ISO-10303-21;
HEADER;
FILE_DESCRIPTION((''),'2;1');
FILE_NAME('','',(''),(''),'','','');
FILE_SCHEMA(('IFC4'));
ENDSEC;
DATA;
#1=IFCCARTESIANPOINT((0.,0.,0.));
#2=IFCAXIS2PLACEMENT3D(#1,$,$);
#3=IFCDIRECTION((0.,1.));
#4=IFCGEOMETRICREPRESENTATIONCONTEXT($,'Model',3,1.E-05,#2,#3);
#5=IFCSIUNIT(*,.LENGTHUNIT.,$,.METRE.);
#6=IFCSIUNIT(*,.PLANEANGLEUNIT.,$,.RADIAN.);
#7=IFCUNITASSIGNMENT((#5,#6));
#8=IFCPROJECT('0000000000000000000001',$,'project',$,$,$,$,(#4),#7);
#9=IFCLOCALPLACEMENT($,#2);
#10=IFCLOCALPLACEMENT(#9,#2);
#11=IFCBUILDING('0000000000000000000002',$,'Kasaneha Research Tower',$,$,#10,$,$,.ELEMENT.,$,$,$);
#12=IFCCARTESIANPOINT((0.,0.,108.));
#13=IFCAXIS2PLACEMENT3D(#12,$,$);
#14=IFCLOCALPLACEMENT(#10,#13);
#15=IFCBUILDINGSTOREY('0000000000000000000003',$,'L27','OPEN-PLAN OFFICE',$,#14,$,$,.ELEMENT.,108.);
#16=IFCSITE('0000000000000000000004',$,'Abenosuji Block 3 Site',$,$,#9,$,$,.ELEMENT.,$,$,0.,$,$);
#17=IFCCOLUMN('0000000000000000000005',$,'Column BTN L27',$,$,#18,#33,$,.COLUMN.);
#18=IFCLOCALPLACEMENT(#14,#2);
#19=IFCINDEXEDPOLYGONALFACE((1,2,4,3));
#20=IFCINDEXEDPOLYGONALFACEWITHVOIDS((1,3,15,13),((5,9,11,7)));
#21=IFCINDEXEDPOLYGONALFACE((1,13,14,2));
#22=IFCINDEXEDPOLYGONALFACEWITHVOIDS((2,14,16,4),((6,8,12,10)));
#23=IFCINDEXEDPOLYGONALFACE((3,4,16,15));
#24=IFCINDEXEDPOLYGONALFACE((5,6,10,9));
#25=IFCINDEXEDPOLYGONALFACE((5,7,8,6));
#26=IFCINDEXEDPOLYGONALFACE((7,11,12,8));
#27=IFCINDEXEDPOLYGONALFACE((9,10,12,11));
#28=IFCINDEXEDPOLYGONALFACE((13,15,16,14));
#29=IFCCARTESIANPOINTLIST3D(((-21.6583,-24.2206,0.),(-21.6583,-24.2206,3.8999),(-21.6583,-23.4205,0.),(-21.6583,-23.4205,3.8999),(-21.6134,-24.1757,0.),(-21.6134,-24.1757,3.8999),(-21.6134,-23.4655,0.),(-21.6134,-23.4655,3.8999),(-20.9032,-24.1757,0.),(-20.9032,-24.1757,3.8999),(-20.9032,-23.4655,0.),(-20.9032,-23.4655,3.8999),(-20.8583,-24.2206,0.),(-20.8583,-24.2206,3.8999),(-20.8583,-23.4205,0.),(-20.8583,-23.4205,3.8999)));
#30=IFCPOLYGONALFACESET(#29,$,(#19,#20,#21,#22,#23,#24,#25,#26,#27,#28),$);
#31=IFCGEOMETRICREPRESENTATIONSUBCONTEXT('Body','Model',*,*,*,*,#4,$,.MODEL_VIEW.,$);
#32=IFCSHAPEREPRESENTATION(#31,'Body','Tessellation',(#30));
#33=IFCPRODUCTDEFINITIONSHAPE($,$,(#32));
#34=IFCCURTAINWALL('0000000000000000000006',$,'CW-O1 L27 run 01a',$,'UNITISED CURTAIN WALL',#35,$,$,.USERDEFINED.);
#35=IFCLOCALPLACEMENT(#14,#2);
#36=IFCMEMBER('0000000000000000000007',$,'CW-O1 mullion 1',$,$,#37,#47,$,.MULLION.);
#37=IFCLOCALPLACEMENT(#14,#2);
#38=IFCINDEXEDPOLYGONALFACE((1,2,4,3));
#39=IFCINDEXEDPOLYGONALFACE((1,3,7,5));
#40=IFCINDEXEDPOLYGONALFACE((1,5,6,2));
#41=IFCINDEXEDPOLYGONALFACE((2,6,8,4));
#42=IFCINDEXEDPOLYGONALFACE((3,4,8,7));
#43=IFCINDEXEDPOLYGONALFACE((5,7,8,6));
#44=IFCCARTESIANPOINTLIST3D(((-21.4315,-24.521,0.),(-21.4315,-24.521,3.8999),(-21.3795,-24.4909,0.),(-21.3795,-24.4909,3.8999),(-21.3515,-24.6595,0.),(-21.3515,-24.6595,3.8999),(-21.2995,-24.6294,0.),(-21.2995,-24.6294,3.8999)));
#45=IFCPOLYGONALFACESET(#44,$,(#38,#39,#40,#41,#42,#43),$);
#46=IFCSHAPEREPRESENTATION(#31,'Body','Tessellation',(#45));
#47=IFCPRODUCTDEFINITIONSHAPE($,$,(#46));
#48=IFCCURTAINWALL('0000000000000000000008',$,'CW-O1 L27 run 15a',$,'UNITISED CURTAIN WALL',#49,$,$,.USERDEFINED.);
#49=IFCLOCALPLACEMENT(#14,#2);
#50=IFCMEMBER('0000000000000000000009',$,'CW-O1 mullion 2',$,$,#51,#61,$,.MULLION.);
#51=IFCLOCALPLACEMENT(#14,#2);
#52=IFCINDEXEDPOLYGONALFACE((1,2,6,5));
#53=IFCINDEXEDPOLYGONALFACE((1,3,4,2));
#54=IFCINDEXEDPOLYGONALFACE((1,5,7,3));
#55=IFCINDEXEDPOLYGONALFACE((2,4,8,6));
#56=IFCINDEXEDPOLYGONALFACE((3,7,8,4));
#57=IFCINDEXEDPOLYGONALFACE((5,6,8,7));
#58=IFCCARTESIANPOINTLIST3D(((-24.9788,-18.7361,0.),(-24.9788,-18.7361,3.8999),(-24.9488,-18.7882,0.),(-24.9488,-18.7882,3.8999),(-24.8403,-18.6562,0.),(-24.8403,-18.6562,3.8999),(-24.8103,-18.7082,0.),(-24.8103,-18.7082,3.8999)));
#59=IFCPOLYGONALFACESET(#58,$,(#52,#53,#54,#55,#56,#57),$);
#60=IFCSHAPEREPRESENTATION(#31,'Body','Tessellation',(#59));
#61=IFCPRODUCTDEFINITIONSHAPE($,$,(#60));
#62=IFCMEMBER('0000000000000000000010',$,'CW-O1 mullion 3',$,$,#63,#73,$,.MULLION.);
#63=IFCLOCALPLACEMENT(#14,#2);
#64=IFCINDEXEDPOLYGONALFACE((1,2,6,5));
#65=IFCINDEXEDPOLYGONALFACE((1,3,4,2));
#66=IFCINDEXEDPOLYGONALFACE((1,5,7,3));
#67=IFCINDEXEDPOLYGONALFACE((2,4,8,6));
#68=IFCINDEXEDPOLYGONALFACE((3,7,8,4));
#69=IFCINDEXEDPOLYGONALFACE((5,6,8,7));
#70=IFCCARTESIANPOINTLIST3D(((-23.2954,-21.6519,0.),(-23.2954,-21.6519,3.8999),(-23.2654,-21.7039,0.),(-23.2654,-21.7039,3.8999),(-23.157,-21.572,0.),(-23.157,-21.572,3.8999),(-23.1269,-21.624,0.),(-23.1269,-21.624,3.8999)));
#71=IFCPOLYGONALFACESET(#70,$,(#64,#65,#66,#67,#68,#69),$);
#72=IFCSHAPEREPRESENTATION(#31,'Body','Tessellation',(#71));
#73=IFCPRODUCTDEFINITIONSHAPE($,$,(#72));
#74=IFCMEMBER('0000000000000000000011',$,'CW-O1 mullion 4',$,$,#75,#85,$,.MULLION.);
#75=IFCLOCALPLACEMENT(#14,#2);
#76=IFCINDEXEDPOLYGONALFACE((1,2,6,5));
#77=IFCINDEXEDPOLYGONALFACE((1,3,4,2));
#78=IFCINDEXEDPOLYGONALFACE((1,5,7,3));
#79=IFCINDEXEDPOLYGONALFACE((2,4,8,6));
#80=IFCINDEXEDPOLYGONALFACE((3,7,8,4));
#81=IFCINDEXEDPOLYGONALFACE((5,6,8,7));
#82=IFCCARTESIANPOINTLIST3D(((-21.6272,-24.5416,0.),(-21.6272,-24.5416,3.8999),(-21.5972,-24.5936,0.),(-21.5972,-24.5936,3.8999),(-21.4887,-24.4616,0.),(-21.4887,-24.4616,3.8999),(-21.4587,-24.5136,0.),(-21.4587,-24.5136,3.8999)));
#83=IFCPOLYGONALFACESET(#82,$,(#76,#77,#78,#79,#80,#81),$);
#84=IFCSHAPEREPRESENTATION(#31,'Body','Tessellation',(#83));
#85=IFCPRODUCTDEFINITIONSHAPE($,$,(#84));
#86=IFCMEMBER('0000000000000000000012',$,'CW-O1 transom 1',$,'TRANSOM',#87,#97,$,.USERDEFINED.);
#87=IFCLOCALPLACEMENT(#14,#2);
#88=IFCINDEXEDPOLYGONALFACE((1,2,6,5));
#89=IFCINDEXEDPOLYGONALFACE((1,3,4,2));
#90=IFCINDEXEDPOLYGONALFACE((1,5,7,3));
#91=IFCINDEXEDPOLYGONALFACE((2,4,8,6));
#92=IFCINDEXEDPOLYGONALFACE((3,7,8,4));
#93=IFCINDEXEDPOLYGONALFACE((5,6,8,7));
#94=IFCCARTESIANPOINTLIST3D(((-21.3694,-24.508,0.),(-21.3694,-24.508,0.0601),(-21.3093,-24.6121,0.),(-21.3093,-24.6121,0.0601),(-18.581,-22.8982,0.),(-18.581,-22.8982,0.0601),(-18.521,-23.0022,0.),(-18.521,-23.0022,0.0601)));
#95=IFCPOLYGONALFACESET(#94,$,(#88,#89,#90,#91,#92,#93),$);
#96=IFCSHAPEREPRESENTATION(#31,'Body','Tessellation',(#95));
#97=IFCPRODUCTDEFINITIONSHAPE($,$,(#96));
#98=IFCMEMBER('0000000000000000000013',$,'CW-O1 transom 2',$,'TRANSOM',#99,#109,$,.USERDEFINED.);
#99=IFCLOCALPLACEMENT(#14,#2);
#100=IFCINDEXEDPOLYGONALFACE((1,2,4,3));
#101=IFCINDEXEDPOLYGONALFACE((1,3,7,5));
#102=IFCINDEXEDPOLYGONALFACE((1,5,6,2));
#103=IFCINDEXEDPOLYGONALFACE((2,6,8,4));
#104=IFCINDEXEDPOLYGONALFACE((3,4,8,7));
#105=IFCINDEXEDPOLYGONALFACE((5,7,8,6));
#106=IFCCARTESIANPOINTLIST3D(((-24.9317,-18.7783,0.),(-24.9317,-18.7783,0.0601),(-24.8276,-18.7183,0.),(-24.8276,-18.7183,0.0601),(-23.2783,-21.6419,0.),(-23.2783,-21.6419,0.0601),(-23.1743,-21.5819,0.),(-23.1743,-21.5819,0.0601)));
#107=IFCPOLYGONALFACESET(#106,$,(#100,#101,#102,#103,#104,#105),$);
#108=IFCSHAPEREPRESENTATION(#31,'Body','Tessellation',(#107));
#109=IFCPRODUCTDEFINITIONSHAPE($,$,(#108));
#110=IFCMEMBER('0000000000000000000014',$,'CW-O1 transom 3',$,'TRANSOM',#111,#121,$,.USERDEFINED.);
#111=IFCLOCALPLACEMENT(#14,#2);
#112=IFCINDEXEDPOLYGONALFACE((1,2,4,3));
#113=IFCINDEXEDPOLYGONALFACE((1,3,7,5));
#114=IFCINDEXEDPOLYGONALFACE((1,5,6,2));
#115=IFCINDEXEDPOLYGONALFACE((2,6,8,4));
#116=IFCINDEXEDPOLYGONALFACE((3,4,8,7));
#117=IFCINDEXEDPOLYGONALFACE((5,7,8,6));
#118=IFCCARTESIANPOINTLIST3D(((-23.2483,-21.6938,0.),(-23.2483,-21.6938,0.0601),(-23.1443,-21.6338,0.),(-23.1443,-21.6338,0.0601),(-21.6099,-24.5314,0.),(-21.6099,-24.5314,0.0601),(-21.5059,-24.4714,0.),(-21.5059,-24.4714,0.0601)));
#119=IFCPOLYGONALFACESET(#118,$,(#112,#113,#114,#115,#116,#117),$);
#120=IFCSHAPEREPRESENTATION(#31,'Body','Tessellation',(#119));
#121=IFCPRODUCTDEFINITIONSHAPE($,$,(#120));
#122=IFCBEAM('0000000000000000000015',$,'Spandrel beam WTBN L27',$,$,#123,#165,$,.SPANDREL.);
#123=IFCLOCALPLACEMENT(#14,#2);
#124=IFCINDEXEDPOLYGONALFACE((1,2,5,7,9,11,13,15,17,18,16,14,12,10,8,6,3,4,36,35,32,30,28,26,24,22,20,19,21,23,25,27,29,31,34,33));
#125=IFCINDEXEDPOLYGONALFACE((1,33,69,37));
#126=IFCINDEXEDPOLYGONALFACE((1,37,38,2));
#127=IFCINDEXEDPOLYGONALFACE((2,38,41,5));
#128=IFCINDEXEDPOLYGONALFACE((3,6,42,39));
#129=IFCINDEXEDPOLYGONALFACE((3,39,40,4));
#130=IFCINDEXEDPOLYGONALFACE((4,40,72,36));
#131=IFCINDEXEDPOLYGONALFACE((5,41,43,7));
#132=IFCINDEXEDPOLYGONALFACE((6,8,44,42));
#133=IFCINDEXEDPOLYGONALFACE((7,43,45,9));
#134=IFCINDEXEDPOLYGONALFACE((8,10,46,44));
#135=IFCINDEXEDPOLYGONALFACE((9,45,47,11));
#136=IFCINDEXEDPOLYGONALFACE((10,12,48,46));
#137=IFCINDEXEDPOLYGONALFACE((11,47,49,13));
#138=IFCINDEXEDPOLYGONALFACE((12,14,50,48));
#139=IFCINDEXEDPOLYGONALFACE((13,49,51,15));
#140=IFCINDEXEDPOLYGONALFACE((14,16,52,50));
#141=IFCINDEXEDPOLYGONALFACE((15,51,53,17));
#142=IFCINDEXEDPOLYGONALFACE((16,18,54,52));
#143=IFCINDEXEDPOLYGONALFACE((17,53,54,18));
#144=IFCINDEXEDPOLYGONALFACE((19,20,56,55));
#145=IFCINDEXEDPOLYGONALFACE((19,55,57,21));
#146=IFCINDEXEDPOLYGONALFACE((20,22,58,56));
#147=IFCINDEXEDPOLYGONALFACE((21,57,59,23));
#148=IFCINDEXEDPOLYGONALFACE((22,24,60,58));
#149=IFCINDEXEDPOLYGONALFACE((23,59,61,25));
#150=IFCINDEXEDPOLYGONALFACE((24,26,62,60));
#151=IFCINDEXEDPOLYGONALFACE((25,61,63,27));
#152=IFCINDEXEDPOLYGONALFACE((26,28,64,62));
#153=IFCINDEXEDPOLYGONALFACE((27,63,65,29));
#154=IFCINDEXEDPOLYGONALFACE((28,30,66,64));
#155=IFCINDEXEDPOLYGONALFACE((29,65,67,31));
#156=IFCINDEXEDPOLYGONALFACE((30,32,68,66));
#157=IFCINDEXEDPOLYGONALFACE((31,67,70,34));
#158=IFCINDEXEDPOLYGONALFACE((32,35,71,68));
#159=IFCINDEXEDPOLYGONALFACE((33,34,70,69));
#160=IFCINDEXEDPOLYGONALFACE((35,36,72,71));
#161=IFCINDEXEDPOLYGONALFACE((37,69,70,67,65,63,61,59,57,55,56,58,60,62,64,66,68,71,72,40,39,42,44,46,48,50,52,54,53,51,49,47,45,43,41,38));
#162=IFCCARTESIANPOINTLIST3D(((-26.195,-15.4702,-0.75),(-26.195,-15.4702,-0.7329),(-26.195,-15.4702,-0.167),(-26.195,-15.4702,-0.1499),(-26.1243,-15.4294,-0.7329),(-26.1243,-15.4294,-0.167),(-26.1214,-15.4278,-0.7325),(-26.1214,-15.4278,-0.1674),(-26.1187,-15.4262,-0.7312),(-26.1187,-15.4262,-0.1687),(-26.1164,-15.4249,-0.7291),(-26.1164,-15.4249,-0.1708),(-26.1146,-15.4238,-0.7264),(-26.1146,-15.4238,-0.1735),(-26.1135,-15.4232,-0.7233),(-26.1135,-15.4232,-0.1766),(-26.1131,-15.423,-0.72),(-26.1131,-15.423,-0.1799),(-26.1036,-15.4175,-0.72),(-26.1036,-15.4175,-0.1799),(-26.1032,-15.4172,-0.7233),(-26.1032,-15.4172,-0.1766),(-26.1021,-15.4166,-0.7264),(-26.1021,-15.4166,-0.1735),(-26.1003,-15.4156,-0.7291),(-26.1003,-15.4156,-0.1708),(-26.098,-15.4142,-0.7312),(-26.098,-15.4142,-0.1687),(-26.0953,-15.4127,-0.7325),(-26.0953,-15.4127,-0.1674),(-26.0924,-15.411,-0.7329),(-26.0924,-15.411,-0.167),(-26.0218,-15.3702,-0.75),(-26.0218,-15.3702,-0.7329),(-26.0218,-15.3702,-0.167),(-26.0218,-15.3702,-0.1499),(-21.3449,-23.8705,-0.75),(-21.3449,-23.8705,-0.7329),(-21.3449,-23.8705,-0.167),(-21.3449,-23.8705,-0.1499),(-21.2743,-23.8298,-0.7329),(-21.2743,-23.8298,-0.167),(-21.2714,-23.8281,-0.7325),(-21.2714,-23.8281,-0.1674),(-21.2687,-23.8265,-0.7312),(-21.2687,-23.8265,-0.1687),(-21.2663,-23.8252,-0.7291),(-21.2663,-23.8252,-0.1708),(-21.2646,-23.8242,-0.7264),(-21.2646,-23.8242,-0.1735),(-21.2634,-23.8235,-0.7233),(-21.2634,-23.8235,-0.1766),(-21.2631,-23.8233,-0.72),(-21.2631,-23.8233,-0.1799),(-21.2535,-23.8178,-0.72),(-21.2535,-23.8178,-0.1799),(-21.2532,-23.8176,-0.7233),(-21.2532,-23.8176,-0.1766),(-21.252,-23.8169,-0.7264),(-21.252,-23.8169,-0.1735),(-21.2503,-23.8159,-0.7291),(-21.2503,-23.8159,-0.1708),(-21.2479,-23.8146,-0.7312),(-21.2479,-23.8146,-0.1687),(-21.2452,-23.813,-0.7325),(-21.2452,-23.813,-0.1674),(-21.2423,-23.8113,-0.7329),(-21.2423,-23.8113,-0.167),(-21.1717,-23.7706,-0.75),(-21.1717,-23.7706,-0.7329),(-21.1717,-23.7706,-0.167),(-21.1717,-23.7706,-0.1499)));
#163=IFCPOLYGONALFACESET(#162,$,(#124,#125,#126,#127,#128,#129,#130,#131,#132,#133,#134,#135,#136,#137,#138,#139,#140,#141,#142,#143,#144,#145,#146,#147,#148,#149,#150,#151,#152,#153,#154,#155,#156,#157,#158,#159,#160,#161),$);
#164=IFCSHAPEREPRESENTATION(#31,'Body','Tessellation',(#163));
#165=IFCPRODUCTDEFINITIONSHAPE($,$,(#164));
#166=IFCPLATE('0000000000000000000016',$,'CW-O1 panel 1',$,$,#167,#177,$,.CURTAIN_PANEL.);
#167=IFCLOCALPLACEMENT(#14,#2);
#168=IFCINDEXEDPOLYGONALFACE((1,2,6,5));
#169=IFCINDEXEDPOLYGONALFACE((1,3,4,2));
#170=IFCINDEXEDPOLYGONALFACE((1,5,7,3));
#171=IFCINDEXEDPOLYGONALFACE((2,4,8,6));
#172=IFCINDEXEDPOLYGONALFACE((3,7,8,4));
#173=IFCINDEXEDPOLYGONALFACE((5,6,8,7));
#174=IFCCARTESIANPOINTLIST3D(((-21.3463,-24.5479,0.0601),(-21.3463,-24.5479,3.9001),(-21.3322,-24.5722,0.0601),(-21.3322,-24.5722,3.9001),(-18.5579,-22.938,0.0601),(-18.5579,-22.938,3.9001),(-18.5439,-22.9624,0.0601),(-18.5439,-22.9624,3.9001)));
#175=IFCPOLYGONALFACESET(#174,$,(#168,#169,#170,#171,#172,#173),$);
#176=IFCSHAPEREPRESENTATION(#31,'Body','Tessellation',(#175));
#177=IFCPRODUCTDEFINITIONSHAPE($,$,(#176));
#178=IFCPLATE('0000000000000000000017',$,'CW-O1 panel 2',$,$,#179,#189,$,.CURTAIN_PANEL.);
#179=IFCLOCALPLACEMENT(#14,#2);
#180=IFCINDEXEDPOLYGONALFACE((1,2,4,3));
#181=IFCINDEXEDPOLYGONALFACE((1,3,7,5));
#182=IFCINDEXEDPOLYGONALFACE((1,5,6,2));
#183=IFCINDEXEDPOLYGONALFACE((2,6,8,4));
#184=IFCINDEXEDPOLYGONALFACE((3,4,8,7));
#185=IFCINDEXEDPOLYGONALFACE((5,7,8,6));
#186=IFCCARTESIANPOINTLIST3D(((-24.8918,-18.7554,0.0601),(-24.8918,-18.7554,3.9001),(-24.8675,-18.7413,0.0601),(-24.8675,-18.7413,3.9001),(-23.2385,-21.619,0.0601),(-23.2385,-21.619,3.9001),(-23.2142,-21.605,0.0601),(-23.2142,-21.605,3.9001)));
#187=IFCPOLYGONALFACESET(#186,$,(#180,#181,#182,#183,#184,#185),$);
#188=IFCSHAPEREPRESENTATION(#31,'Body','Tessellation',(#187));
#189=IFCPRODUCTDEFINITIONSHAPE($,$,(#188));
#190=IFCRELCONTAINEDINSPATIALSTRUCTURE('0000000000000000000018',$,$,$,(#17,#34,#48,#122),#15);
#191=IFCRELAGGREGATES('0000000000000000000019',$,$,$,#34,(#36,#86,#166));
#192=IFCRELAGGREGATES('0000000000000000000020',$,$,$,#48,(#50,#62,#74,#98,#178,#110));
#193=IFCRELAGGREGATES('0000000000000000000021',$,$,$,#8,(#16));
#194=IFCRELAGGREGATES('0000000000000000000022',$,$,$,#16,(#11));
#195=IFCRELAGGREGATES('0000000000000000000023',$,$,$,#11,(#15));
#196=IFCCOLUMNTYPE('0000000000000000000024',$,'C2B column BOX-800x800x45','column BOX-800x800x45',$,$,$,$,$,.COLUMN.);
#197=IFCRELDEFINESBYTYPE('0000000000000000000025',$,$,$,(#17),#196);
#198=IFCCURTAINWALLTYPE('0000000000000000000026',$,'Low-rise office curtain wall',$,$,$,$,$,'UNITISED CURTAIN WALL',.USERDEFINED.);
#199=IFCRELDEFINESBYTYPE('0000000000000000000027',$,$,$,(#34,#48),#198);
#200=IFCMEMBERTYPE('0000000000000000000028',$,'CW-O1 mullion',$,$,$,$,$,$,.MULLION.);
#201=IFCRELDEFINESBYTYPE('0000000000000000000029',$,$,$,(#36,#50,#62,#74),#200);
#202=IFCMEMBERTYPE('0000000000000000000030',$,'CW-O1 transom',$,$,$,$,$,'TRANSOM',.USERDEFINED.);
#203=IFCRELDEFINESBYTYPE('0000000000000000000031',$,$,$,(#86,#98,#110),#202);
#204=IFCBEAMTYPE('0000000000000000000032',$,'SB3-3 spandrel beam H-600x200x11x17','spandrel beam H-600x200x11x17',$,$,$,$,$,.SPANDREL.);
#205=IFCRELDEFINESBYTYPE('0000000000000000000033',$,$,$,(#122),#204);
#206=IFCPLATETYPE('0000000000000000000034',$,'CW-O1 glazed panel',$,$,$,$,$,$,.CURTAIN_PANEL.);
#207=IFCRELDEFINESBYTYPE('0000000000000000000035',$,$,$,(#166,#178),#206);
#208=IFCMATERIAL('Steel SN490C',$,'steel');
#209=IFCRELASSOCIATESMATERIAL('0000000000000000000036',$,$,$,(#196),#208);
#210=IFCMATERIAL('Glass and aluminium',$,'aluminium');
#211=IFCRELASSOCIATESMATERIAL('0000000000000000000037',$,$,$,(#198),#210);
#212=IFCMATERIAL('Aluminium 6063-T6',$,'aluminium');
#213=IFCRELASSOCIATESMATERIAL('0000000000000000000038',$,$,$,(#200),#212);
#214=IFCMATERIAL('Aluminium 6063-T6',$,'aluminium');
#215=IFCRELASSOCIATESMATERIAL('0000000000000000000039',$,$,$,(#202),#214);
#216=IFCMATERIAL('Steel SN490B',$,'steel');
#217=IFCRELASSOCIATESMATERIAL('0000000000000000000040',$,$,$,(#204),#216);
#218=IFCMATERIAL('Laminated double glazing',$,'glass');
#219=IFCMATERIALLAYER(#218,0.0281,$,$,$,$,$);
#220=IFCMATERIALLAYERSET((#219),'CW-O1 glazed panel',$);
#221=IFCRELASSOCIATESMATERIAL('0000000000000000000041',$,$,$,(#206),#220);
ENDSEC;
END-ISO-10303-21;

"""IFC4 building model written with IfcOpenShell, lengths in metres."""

from ifc_helpers import new_model, si_unit, direction, frame, origin, origin_2d, place, context, subcontext, project, spatial, rectangle, hollow_rectangle, i_section, extrude, material, layer, layer_set, material_profile, profile_set, type_object, element, aggregate, save


model = new_model("IFC4")

# Units and contexts
model_context = context("Model", 3, precision=1e-05, world=origin(), true_north=direction((0.0, 1.0)))
body_context = subcontext(model_context, "Body", "Model", "MODEL_VIEW")
ifc_project = project(units=[si_unit("LENGTHUNIT", "METRE"), si_unit("PLANEANGLEUNIT", "RADIAN")], contexts=[model_context])

# Site, building, storey
site_placement = place(None, origin())
site = spatial("IfcSite", under=ifc_project, at=site_placement, Name="Abenosuji Block 3 Site", CompositionType="ELEMENT", RefElevation=0.0)
building_placement = place(site_placement, origin())
building = spatial("IfcBuilding", under=site, at=building_placement, Name="Kasaneha Research Tower", CompositionType="ELEMENT")
storey_placement = place(building_placement, frame((0.0, 0.0, 108.0)))
storey = spatial("IfcBuildingStorey", under=building, at=storey_placement, Name="L27", Description="OPEN-PLAN OFFICE", CompositionType="ELEMENT", Elevation=108.0)

# Column
ifc_material_1 = material(Name="Steel SN490C", Category="steel")
ifc_material_profile_1 = material_profile(ifc_material_1, hollow_rectangle(XDim=0.8, YDim=0.8, WallThickness=0.0449, at=origin_2d()), Name="BOX-800x800x45")
ifc_profile_set_1 = profile_set([ifc_material_profile_1], Name="Steel SN490C")
column_type = type_object("IfcColumnType", Name="C2B column BOX-800x800x45", Description="column BOX-800x800x45", PredefinedType="COLUMN", material=ifc_profile_set_1)
column_placement = place(storey_placement, frame((-21.2583, -23.8206, 0.0), z_axis=(0.0, 0.0, 1.0), x_axis=(1.0, 0.0, 0.0)))
element("IfcColumn", 1, at=column_placement, inside=storey, type_object=column_type, Name="Column BTN L27", PredefinedType="COLUMN", context=body_context, shape_type="SweptSolid", body=[
    extrude(hollow_rectangle(XDim=0.8, YDim=0.8, WallThickness=0.0449, at=origin_2d()), origin(), (0.0, 0.0, 1.0), 3.8999),
])

# Curtain wall, member
ifc_material_2 = material(Name="Glass and aluminium", Category="aluminium")
curtain_wall_type = type_object("IfcCurtainWallType", Name="Low-rise office curtain wall", ElementType="UNITISED CURTAIN WALL", PredefinedType="USERDEFINED", material=ifc_material_2)
curtain_wall_1_placement = place(storey_placement, origin())
curtain_wall_1 = element("IfcCurtainWall", 2, at=curtain_wall_1_placement, inside=storey, type_object=curtain_wall_type, Name="CW-O1 L27 run 01a", ObjectType="UNITISED CURTAIN WALL", PredefinedType="USERDEFINED")
ifc_material_3 = material(Name="Aluminium 6063-T6", Category="aluminium")
ifc_material_profile_2 = material_profile(ifc_material_3, rectangle(XDim=0.0601, YDim=0.1599, at=origin_2d()), Name="CW-O1 mullion 60x160")
ifc_profile_set_2 = profile_set([ifc_material_profile_2], Name="Aluminium 6063-T6")
member_type_1 = type_object("IfcMemberType", Name="CW-O1 mullion", PredefinedType="MULLION", material=ifc_profile_set_2)
member_1_placement = place(storey_placement, frame((-21.3655, -24.5752, 0.0), z_axis=(0.0, 0.0, 1.0), x_axis=(0.866025, 0.5, 0.0)))
member_1 = element("IfcMember", 3, at=member_1_placement, type_object=member_type_1, Name="CW-O1 mullion 1", PredefinedType="MULLION", context=body_context, shape_type="SweptSolid", body=[
    extrude(rectangle(XDim=0.0601, YDim=0.1599, at=origin_2d()), origin(), (0.0, 0.0, 1.0), 3.8999),
])

# Curtain wall, members
curtain_wall_2_placement = place(storey_placement, origin())
curtain_wall_2 = element("IfcCurtainWall", 4, at=curtain_wall_2_placement, inside=storey, type_object=curtain_wall_type, Name="CW-O1 L27 run 15a", ObjectType="UNITISED CURTAIN WALL", PredefinedType="USERDEFINED")
member_2_placement = place(storey_placement, frame((-24.8945, -18.7222, 0.0), z_axis=(0.0, 0.0, 1.0), x_axis=(0.5, -0.866025, 0.0)))
member_2 = element("IfcMember", 5, at=member_2_placement, type_object=member_type_1, Name="CW-O1 mullion 2", PredefinedType="MULLION", context=body_context, shape_type="SweptSolid", body=[
    extrude(rectangle(XDim=0.0601, YDim=0.1599, at=origin_2d()), origin(), (0.0, 0.0, 1.0), 3.8999),
])
member_3_placement = place(storey_placement, frame((-23.2112, -21.6379, 0.0), z_axis=(0.0, 0.0, 1.0), x_axis=(0.5, -0.866025, 0.0)))
member_3 = element("IfcMember", 6, at=member_3_placement, type_object=member_type_1, Name="CW-O1 mullion 3", PredefinedType="MULLION", context=body_context, shape_type="SweptSolid", body=[
    extrude(rectangle(XDim=0.0601, YDim=0.1599, at=origin_2d()), origin(), (0.0, 0.0, 1.0), 3.8999),
])
member_4_placement = place(storey_placement, frame((-21.543, -24.5276, 0.0), z_axis=(0.0, 0.0, 1.0), x_axis=(0.5, -0.866025, 0.0)))
member_4 = element("IfcMember", 7, at=member_4_placement, type_object=member_type_1, Name="CW-O1 mullion 4", PredefinedType="MULLION", context=body_context, shape_type="SweptSolid", body=[
    extrude(rectangle(XDim=0.0601, YDim=0.1599, at=origin_2d()), origin(), (0.0, 0.0, 1.0), 3.8999),
])

# Members
ifc_material_4 = material(Name="Aluminium 6063-T6", Category="aluminium")
ifc_material_profile_3 = material_profile(ifc_material_4, rectangle(XDim=0.1201, YDim=0.0601, at=origin_2d()), Name="CW-O1 transom 120x60")
ifc_profile_set_3 = profile_set([ifc_material_profile_3], Name="Aluminium 6063-T6")
member_type_2 = type_object("IfcMemberType", Name="CW-O1 transom", ElementType="TRANSOM", PredefinedType="USERDEFINED", material=ifc_profile_set_3)
member_5_placement = place(storey_placement, frame((-21.3394, -24.5601, 0.03), z_axis=(0.866023, 0.500005, 0.0), x_axis=(-0.500005, 0.866023, 0.0)))
member_5 = element("IfcMember", 8, at=member_5_placement, type_object=member_type_2, Name="CW-O1 transom 1", ObjectType="TRANSOM", PredefinedType="USERDEFINED", context=body_context, shape_type="SweptSolid", body=[
    extrude(rectangle(XDim=0.1201, YDim=0.0601, at=origin_2d()), origin(), (0.0, 0.0, 1.0), 3.2197),
])
member_6_placement = place(storey_placement, frame((-24.8796, -18.7483, 0.03), z_axis=(0.500014, -0.866017, 0.0), x_axis=(0.866017, 0.500014, 0.0)))
member_6 = element("IfcMember", 9, at=member_6_placement, type_object=member_type_2, Name="CW-O1 transom 2", ObjectType="TRANSOM", PredefinedType="USERDEFINED", context=body_context, shape_type="SweptSolid", body=[
    extrude(rectangle(XDim=0.1201, YDim=0.0601, at=origin_2d()), origin(), (0.0, 0.0, 1.0), 3.3066),
])
member_7_placement = place(storey_placement, frame((-23.1963, -21.6638, 0.03), z_axis=(0.500026, -0.866011, 0.0), x_axis=(0.866011, 0.500026, 0.0)))
member_7 = element("IfcMember", 10, at=member_7_placement, type_object=member_type_2, Name="CW-O1 transom 3", ObjectType="TRANSOM", PredefinedType="USERDEFINED", context=body_context, shape_type="SweptSolid", body=[
    extrude(rectangle(XDim=0.1201, YDim=0.0601, at=origin_2d()), origin(), (0.0, 0.0, 1.0), 3.2766),
])

# Beam
ifc_material_5 = material(Name="Steel SN490B", Category="steel")
ifc_material_profile_4 = material_profile(ifc_material_5, i_section(OverallWidth=0.2, OverallDepth=0.6001, WebThickness=0.011, FlangeThickness=0.0171, FilletRadius=0.0129, at=origin_2d()), Name="H-600x200x11x17")
ifc_profile_set_4 = profile_set([ifc_material_profile_4], Name="Steel SN490B")
beam_type = type_object("IfcBeamType", Name="SB3-3 spandrel beam H-600x200x11x17", Description="spandrel beam H-600x200x11x17", PredefinedType="SPANDREL", material=ifc_profile_set_4)
beam_placement = place(storey_placement, frame((-21.2583, -23.8206, -0.45), z_axis=(-0.50001, 0.86602, 0.0), x_axis=(-0.86602, -0.50001, 0.0)))
element("IfcBeam", 11, at=beam_placement, inside=storey, type_object=beam_type, Name="Spandrel beam WTBN L27", PredefinedType="SPANDREL", context=body_context, shape_type="SweptSolid", body=[
    extrude(i_section(OverallWidth=0.2, OverallDepth=0.6001, WebThickness=0.011, FlangeThickness=0.0171, FilletRadius=0.0129, at=origin_2d()), origin(), (0.0, 0.0, 1.0), 9.7),
])

# Plates
ifc_material_6 = material(Name="Laminated double glazing", Category="glass")
ifc_layer_1 = layer(ifc_material_6, 0.0281)
ifc_layer_set_1 = layer_set([ifc_layer_1], Name="CW-O1 glazed panel")
plate_type = type_object("IfcPlateType", Name="CW-O1 glazed panel", PredefinedType="CURTAIN_PANEL", material=ifc_layer_set_1)
plate_1_placement = place(storey_placement, frame((-19.9451, -23.7551, 0.0601), z_axis=(0.0, 0.0, 1.0), x_axis=(0.866025, 0.5, 0.0)))
plate_1 = element("IfcPlate", 12, at=plate_1_placement, type_object=plate_type, Name="CW-O1 panel 1", PredefinedType="CURTAIN_PANEL", context=body_context, shape_type="SweptSolid", body=[
    extrude(rectangle(XDim=3.2197, YDim=0.0281, at=origin_2d()), origin(), (0.0, 0.0, 1.0), 3.8401),
])
aggregate(curtain_wall_1, [member_1, member_5, plate_1])
plate_2_placement = place(storey_placement, frame((-24.053, -20.1802, 0.0601), z_axis=(0.0, 0.0, 1.0), x_axis=(0.5, -0.866025, 0.0)))
plate_2 = element("IfcPlate", 13, at=plate_2_placement, type_object=plate_type, Name="CW-O1 panel 2", PredefinedType="CURTAIN_PANEL", context=body_context, shape_type="SweptSolid", body=[
    extrude(rectangle(XDim=3.3066, YDim=0.0281, at=origin_2d()), origin(), (0.0, 0.0, 1.0), 3.8401),
])
aggregate(curtain_wall_2, [member_2, member_3, member_4, member_6, plate_2, member_7])

save(model, "model.ifc")
